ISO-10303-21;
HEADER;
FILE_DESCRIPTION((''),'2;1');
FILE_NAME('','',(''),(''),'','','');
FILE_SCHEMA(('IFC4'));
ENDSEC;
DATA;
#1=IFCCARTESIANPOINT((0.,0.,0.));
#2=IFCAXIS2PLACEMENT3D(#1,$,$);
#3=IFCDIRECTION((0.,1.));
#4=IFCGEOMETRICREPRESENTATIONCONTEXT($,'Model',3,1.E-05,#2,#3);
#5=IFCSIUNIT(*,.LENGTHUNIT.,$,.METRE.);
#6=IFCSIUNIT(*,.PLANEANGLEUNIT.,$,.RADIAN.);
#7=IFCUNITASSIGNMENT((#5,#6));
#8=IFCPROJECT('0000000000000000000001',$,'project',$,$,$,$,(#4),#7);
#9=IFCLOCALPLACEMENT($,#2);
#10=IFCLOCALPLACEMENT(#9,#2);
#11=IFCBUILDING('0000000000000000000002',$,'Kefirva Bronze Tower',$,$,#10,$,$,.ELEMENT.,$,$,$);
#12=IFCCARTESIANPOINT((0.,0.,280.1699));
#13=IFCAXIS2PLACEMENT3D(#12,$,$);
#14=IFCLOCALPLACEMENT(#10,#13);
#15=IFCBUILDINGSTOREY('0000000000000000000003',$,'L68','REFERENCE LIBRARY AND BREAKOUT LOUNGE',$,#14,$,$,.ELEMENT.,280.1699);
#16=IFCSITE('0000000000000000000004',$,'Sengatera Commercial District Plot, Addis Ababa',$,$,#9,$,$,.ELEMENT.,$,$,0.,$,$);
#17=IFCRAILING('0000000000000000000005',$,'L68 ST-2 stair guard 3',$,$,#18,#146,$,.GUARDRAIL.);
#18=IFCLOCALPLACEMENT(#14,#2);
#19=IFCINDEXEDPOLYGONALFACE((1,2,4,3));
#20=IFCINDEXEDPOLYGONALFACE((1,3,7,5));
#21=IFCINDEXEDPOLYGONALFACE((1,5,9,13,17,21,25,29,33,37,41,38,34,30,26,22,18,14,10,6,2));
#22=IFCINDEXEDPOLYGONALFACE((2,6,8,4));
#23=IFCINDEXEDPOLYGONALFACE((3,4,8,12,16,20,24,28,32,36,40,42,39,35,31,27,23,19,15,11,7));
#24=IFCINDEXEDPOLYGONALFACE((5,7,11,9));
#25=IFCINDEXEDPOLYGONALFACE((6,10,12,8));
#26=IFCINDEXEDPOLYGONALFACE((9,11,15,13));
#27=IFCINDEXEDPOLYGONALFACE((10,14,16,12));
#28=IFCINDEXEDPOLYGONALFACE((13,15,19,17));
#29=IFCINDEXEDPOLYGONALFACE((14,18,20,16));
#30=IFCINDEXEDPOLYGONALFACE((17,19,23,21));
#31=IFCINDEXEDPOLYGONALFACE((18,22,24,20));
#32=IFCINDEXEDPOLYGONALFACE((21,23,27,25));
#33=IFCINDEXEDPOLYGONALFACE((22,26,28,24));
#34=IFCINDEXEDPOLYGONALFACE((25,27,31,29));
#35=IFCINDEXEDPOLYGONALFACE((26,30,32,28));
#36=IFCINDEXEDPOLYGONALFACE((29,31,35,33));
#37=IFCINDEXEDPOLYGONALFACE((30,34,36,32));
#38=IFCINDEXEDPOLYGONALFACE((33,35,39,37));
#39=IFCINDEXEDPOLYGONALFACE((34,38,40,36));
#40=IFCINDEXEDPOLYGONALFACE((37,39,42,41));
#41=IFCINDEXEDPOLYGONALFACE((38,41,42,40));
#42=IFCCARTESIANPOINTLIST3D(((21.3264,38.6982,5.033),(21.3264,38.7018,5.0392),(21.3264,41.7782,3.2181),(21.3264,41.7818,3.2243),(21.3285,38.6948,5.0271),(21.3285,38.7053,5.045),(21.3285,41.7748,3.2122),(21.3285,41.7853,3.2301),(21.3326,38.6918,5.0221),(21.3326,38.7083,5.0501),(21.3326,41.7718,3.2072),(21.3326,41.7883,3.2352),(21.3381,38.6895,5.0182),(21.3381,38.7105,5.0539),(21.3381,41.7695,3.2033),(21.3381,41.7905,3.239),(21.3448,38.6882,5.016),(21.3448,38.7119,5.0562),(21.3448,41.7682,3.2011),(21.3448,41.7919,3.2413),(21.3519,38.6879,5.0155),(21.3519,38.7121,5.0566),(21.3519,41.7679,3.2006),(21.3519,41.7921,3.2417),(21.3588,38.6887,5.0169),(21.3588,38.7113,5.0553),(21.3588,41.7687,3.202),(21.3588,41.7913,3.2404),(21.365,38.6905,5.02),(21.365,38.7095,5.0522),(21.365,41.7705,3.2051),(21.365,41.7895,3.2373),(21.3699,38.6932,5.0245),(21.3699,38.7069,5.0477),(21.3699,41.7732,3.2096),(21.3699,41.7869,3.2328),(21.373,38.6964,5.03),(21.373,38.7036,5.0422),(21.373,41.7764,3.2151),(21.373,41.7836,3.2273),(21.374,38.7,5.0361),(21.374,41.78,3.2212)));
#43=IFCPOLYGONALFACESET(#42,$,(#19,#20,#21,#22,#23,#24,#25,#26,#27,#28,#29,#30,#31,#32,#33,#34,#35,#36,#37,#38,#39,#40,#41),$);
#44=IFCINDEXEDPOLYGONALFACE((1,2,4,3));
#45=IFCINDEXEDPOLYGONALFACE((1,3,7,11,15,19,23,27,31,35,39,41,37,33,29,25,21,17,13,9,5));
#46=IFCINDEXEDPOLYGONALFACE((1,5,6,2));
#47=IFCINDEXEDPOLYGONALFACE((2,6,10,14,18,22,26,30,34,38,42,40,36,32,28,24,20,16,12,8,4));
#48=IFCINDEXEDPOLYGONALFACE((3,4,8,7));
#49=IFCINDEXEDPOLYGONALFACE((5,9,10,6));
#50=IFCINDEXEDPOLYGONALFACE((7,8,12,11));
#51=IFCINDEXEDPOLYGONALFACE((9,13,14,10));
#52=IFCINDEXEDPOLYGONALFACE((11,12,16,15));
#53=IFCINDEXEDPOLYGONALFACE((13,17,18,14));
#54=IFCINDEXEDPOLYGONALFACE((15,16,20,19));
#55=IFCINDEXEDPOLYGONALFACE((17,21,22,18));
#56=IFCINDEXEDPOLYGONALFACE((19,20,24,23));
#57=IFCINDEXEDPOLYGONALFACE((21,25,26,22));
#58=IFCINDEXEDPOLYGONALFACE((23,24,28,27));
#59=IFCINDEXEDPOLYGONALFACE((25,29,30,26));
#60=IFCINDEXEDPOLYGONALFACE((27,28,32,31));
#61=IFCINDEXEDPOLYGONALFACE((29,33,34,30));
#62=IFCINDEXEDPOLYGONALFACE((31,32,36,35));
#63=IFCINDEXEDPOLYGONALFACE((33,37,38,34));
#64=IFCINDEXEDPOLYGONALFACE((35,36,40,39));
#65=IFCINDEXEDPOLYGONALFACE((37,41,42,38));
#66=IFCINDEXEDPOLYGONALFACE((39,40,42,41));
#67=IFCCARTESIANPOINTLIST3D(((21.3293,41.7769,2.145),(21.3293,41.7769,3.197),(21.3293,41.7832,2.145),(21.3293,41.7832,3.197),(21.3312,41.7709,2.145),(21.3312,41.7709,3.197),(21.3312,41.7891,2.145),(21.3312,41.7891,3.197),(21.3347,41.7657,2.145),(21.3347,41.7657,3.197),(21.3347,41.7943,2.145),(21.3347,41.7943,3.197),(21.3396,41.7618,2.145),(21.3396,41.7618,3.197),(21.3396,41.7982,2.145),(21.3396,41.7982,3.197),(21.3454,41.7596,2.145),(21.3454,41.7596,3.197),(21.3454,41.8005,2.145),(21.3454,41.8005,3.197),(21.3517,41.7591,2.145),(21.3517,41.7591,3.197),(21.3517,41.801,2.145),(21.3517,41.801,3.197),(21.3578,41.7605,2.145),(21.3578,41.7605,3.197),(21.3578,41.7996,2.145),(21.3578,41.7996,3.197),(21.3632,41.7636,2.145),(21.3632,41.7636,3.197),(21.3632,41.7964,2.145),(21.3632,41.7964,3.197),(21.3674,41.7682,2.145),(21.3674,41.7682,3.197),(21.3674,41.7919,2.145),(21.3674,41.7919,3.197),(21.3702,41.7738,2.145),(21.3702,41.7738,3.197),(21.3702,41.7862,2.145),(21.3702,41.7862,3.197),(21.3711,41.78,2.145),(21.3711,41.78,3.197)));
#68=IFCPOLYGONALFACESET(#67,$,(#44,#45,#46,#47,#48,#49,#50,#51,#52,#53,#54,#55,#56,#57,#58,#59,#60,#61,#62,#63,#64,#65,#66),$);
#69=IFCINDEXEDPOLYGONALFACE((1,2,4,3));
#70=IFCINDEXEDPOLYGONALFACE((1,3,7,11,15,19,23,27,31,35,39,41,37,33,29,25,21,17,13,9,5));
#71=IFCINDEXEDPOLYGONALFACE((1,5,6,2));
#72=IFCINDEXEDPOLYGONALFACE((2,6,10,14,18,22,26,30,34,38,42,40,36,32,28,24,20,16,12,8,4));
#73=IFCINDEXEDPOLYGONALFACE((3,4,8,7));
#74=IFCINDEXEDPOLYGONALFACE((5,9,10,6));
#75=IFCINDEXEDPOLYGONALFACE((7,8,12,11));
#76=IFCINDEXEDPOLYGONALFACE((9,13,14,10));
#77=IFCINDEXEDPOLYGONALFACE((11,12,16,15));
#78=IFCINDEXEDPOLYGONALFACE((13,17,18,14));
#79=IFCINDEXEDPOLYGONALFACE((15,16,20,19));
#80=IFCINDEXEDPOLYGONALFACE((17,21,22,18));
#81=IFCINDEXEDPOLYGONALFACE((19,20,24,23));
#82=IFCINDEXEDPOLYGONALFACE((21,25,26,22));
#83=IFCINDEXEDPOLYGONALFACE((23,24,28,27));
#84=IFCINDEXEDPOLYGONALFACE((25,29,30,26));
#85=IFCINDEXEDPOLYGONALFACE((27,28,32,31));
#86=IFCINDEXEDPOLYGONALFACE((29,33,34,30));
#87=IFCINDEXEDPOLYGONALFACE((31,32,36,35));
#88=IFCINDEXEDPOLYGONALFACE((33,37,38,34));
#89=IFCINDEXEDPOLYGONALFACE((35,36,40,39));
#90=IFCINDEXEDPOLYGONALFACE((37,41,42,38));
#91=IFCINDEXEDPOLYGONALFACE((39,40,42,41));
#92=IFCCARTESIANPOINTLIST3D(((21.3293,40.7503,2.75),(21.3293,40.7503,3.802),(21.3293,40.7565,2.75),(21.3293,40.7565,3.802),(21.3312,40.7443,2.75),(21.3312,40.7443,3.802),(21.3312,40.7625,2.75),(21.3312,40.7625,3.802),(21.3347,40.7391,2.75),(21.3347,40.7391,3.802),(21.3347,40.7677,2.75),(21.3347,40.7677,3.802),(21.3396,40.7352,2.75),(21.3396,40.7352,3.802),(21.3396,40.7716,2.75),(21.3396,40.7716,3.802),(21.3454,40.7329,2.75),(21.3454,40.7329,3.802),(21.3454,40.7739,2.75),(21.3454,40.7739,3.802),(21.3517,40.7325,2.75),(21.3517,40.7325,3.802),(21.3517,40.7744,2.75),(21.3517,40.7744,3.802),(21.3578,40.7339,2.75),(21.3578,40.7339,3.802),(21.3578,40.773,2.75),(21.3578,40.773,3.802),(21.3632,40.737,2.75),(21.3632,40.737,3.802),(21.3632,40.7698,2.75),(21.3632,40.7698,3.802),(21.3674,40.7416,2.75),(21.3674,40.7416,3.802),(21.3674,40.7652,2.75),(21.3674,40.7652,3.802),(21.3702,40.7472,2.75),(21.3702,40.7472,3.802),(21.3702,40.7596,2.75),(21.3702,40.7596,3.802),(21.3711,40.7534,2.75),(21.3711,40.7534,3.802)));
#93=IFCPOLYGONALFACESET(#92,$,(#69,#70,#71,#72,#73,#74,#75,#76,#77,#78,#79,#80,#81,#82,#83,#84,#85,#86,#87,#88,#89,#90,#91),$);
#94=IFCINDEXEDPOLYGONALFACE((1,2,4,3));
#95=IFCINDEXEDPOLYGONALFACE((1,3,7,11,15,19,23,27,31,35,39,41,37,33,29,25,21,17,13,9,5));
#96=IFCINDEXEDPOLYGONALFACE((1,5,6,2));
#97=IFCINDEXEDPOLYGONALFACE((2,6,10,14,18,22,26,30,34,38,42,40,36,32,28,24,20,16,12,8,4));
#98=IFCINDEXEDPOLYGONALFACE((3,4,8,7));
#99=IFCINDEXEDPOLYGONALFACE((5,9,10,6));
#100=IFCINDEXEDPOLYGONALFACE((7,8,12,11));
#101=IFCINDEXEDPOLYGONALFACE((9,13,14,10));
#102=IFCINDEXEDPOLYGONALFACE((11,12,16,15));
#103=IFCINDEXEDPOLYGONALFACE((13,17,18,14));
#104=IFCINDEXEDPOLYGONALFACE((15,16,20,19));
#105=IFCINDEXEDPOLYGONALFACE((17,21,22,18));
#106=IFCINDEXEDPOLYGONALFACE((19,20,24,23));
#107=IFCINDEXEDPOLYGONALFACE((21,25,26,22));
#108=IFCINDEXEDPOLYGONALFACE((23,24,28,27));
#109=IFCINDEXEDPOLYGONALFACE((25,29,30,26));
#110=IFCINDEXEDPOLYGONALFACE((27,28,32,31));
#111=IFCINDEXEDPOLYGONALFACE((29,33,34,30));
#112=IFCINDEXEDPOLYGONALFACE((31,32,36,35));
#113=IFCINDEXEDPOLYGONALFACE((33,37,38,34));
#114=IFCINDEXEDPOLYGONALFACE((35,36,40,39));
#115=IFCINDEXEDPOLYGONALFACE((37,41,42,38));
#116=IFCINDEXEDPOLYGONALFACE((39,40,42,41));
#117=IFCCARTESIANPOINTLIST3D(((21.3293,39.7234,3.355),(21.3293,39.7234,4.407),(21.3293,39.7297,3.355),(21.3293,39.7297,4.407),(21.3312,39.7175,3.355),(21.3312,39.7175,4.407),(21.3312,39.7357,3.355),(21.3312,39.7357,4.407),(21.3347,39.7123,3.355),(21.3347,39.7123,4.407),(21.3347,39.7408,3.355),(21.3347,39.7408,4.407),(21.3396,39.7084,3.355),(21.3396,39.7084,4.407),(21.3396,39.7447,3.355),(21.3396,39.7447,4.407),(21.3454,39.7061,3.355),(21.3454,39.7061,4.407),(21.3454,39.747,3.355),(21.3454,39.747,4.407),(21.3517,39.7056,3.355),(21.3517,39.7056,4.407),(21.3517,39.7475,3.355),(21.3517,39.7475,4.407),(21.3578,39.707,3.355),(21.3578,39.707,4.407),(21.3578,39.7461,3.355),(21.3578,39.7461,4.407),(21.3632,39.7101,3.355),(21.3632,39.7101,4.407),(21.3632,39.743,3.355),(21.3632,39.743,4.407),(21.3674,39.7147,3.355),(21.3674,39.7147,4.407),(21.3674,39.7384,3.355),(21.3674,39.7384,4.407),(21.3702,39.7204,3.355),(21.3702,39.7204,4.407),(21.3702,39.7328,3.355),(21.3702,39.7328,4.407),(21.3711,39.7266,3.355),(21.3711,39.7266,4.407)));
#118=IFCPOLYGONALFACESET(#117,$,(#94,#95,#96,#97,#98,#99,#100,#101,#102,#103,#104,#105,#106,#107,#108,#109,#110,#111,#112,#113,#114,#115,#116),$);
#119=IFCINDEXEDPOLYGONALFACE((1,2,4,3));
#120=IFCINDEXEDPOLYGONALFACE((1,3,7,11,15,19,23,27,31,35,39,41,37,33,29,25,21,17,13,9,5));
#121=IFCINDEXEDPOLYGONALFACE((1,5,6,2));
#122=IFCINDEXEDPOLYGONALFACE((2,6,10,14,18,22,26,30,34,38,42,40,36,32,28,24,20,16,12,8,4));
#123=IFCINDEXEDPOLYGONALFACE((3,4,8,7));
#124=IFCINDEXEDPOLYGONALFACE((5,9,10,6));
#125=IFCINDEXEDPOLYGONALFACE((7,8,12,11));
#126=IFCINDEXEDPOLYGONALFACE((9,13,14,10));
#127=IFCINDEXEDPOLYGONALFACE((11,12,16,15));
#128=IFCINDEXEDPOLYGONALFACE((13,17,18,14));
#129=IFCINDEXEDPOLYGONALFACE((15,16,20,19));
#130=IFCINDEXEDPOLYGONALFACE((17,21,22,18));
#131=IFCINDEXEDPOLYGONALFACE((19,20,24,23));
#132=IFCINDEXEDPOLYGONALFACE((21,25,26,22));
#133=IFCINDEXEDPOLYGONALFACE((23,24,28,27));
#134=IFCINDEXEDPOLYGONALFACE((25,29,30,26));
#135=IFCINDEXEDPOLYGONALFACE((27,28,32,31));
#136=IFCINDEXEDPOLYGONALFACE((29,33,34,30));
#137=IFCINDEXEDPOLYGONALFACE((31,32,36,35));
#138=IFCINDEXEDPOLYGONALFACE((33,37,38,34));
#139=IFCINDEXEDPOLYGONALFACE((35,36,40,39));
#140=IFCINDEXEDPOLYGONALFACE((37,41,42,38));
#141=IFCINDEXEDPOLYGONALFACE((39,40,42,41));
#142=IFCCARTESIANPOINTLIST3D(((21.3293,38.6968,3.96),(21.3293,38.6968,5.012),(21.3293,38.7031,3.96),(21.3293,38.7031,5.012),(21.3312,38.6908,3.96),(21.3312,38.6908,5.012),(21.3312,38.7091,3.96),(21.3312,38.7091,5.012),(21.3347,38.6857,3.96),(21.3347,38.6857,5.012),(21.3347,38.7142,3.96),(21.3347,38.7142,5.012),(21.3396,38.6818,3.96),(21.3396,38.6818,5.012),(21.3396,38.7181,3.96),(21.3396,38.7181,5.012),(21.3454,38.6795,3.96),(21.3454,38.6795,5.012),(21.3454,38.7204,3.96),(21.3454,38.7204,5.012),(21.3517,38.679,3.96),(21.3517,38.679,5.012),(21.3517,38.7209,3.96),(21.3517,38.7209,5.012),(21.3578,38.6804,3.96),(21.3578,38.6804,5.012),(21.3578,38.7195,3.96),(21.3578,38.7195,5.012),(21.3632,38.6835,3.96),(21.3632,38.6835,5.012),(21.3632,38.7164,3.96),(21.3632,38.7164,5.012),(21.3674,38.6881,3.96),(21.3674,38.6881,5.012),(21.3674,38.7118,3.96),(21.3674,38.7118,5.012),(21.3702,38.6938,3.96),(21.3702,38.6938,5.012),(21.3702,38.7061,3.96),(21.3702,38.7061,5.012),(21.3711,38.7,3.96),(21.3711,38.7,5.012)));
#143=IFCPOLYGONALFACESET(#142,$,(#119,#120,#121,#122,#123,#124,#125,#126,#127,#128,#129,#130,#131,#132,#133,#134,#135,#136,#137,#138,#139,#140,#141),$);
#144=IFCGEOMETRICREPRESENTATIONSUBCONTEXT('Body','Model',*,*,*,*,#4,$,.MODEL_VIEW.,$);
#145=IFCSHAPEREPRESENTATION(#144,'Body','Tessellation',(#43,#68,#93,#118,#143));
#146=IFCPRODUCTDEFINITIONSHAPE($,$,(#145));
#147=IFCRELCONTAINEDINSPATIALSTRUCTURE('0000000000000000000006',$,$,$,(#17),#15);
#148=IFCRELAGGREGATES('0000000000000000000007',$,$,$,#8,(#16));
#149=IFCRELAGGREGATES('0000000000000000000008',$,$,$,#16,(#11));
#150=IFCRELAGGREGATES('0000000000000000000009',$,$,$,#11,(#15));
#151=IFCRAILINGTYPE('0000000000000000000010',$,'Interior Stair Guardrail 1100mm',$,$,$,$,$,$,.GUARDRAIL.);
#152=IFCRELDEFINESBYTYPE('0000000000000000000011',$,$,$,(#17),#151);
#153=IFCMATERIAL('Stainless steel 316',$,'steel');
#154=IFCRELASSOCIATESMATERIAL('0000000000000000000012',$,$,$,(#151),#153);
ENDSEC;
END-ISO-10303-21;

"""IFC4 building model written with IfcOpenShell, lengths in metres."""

from ifc_helpers import new_model, si_unit, direction, frame, origin, origin_2d, place, context, subcontext, project, spatial, circle, extrude, material, type_object, element, save


model = new_model("IFC4")

# Units and contexts
model_context = context("Model", 3, precision=1e-05, world=origin(), true_north=direction((0.0, 1.0)))
body_context = subcontext(model_context, "Body", "Model", "MODEL_VIEW")
ifc_project = project(units=[si_unit("LENGTHUNIT", "METRE"), si_unit("PLANEANGLEUNIT", "RADIAN")], contexts=[model_context])

# Site, building, storey
site_placement = place(None, origin())
site = spatial("IfcSite", under=ifc_project, at=site_placement, Name="Sengatera Commercial District Plot, Addis Ababa", CompositionType="ELEMENT", RefElevation=0.0)
building_placement = place(site_placement, origin())
building = spatial("IfcBuilding", under=site, at=building_placement, Name="Kefirva Bronze Tower", CompositionType="ELEMENT")
storey_placement = place(building_placement, frame((0.0, 0.0, 280.1699)))
storey = spatial("IfcBuildingStorey", under=building, at=storey_placement, Name="L68", Description="REFERENCE LIBRARY AND BREAKOUT LOUNGE", CompositionType="ELEMENT", Elevation=280.1699)

# Shared definitions
ifc_material_1 = material(Name="Stainless steel 316", Category="steel")

# Railing
railing_type_1 = type_object("IfcRailingType", Name="Interior Stair Guardrail 1100mm", PredefinedType="GUARDRAIL", material=ifc_material_1)
railing_1_placement = place(storey_placement, frame((21.3501, 41.78, 2.145)))
element("IfcRailing", 1, at=railing_1_placement, inside=storey, type_object=railing_type_1, Name="L68 ST-2 stair guard 3", PredefinedType="GUARDRAIL", context=body_context, shape_type="SweptSolid", body=[
    extrude(circle(Radius=0.0239, at=origin_2d()), frame((0.0, 0.0, 1.0762), z_axis=(0.0, -0.861551, 0.507671), x_axis=(1.0, 0.0, 0.0)), (0.0, 0.0, 1.0), 3.575),
    extrude(circle(Radius=0.021, at=origin_2d()), origin(), (0.0, 0.0, 1.0), 1.052),
    extrude(circle(Radius=0.021, at=origin_2d()), frame((0.0, -1.0266, 0.605)), (0.0, 0.0, 1.0), 1.052),
    extrude(circle(Radius=0.021, at=origin_2d()), frame((0.0, -2.0535, 1.21)), (0.0, 0.0, 1.0), 1.052),
    extrude(circle(Radius=0.021, at=origin_2d()), frame((0.0, -3.0801, 1.8149)), (0.0, 0.0, 1.0), 1.052),
])

save(model, "model.ifc")
